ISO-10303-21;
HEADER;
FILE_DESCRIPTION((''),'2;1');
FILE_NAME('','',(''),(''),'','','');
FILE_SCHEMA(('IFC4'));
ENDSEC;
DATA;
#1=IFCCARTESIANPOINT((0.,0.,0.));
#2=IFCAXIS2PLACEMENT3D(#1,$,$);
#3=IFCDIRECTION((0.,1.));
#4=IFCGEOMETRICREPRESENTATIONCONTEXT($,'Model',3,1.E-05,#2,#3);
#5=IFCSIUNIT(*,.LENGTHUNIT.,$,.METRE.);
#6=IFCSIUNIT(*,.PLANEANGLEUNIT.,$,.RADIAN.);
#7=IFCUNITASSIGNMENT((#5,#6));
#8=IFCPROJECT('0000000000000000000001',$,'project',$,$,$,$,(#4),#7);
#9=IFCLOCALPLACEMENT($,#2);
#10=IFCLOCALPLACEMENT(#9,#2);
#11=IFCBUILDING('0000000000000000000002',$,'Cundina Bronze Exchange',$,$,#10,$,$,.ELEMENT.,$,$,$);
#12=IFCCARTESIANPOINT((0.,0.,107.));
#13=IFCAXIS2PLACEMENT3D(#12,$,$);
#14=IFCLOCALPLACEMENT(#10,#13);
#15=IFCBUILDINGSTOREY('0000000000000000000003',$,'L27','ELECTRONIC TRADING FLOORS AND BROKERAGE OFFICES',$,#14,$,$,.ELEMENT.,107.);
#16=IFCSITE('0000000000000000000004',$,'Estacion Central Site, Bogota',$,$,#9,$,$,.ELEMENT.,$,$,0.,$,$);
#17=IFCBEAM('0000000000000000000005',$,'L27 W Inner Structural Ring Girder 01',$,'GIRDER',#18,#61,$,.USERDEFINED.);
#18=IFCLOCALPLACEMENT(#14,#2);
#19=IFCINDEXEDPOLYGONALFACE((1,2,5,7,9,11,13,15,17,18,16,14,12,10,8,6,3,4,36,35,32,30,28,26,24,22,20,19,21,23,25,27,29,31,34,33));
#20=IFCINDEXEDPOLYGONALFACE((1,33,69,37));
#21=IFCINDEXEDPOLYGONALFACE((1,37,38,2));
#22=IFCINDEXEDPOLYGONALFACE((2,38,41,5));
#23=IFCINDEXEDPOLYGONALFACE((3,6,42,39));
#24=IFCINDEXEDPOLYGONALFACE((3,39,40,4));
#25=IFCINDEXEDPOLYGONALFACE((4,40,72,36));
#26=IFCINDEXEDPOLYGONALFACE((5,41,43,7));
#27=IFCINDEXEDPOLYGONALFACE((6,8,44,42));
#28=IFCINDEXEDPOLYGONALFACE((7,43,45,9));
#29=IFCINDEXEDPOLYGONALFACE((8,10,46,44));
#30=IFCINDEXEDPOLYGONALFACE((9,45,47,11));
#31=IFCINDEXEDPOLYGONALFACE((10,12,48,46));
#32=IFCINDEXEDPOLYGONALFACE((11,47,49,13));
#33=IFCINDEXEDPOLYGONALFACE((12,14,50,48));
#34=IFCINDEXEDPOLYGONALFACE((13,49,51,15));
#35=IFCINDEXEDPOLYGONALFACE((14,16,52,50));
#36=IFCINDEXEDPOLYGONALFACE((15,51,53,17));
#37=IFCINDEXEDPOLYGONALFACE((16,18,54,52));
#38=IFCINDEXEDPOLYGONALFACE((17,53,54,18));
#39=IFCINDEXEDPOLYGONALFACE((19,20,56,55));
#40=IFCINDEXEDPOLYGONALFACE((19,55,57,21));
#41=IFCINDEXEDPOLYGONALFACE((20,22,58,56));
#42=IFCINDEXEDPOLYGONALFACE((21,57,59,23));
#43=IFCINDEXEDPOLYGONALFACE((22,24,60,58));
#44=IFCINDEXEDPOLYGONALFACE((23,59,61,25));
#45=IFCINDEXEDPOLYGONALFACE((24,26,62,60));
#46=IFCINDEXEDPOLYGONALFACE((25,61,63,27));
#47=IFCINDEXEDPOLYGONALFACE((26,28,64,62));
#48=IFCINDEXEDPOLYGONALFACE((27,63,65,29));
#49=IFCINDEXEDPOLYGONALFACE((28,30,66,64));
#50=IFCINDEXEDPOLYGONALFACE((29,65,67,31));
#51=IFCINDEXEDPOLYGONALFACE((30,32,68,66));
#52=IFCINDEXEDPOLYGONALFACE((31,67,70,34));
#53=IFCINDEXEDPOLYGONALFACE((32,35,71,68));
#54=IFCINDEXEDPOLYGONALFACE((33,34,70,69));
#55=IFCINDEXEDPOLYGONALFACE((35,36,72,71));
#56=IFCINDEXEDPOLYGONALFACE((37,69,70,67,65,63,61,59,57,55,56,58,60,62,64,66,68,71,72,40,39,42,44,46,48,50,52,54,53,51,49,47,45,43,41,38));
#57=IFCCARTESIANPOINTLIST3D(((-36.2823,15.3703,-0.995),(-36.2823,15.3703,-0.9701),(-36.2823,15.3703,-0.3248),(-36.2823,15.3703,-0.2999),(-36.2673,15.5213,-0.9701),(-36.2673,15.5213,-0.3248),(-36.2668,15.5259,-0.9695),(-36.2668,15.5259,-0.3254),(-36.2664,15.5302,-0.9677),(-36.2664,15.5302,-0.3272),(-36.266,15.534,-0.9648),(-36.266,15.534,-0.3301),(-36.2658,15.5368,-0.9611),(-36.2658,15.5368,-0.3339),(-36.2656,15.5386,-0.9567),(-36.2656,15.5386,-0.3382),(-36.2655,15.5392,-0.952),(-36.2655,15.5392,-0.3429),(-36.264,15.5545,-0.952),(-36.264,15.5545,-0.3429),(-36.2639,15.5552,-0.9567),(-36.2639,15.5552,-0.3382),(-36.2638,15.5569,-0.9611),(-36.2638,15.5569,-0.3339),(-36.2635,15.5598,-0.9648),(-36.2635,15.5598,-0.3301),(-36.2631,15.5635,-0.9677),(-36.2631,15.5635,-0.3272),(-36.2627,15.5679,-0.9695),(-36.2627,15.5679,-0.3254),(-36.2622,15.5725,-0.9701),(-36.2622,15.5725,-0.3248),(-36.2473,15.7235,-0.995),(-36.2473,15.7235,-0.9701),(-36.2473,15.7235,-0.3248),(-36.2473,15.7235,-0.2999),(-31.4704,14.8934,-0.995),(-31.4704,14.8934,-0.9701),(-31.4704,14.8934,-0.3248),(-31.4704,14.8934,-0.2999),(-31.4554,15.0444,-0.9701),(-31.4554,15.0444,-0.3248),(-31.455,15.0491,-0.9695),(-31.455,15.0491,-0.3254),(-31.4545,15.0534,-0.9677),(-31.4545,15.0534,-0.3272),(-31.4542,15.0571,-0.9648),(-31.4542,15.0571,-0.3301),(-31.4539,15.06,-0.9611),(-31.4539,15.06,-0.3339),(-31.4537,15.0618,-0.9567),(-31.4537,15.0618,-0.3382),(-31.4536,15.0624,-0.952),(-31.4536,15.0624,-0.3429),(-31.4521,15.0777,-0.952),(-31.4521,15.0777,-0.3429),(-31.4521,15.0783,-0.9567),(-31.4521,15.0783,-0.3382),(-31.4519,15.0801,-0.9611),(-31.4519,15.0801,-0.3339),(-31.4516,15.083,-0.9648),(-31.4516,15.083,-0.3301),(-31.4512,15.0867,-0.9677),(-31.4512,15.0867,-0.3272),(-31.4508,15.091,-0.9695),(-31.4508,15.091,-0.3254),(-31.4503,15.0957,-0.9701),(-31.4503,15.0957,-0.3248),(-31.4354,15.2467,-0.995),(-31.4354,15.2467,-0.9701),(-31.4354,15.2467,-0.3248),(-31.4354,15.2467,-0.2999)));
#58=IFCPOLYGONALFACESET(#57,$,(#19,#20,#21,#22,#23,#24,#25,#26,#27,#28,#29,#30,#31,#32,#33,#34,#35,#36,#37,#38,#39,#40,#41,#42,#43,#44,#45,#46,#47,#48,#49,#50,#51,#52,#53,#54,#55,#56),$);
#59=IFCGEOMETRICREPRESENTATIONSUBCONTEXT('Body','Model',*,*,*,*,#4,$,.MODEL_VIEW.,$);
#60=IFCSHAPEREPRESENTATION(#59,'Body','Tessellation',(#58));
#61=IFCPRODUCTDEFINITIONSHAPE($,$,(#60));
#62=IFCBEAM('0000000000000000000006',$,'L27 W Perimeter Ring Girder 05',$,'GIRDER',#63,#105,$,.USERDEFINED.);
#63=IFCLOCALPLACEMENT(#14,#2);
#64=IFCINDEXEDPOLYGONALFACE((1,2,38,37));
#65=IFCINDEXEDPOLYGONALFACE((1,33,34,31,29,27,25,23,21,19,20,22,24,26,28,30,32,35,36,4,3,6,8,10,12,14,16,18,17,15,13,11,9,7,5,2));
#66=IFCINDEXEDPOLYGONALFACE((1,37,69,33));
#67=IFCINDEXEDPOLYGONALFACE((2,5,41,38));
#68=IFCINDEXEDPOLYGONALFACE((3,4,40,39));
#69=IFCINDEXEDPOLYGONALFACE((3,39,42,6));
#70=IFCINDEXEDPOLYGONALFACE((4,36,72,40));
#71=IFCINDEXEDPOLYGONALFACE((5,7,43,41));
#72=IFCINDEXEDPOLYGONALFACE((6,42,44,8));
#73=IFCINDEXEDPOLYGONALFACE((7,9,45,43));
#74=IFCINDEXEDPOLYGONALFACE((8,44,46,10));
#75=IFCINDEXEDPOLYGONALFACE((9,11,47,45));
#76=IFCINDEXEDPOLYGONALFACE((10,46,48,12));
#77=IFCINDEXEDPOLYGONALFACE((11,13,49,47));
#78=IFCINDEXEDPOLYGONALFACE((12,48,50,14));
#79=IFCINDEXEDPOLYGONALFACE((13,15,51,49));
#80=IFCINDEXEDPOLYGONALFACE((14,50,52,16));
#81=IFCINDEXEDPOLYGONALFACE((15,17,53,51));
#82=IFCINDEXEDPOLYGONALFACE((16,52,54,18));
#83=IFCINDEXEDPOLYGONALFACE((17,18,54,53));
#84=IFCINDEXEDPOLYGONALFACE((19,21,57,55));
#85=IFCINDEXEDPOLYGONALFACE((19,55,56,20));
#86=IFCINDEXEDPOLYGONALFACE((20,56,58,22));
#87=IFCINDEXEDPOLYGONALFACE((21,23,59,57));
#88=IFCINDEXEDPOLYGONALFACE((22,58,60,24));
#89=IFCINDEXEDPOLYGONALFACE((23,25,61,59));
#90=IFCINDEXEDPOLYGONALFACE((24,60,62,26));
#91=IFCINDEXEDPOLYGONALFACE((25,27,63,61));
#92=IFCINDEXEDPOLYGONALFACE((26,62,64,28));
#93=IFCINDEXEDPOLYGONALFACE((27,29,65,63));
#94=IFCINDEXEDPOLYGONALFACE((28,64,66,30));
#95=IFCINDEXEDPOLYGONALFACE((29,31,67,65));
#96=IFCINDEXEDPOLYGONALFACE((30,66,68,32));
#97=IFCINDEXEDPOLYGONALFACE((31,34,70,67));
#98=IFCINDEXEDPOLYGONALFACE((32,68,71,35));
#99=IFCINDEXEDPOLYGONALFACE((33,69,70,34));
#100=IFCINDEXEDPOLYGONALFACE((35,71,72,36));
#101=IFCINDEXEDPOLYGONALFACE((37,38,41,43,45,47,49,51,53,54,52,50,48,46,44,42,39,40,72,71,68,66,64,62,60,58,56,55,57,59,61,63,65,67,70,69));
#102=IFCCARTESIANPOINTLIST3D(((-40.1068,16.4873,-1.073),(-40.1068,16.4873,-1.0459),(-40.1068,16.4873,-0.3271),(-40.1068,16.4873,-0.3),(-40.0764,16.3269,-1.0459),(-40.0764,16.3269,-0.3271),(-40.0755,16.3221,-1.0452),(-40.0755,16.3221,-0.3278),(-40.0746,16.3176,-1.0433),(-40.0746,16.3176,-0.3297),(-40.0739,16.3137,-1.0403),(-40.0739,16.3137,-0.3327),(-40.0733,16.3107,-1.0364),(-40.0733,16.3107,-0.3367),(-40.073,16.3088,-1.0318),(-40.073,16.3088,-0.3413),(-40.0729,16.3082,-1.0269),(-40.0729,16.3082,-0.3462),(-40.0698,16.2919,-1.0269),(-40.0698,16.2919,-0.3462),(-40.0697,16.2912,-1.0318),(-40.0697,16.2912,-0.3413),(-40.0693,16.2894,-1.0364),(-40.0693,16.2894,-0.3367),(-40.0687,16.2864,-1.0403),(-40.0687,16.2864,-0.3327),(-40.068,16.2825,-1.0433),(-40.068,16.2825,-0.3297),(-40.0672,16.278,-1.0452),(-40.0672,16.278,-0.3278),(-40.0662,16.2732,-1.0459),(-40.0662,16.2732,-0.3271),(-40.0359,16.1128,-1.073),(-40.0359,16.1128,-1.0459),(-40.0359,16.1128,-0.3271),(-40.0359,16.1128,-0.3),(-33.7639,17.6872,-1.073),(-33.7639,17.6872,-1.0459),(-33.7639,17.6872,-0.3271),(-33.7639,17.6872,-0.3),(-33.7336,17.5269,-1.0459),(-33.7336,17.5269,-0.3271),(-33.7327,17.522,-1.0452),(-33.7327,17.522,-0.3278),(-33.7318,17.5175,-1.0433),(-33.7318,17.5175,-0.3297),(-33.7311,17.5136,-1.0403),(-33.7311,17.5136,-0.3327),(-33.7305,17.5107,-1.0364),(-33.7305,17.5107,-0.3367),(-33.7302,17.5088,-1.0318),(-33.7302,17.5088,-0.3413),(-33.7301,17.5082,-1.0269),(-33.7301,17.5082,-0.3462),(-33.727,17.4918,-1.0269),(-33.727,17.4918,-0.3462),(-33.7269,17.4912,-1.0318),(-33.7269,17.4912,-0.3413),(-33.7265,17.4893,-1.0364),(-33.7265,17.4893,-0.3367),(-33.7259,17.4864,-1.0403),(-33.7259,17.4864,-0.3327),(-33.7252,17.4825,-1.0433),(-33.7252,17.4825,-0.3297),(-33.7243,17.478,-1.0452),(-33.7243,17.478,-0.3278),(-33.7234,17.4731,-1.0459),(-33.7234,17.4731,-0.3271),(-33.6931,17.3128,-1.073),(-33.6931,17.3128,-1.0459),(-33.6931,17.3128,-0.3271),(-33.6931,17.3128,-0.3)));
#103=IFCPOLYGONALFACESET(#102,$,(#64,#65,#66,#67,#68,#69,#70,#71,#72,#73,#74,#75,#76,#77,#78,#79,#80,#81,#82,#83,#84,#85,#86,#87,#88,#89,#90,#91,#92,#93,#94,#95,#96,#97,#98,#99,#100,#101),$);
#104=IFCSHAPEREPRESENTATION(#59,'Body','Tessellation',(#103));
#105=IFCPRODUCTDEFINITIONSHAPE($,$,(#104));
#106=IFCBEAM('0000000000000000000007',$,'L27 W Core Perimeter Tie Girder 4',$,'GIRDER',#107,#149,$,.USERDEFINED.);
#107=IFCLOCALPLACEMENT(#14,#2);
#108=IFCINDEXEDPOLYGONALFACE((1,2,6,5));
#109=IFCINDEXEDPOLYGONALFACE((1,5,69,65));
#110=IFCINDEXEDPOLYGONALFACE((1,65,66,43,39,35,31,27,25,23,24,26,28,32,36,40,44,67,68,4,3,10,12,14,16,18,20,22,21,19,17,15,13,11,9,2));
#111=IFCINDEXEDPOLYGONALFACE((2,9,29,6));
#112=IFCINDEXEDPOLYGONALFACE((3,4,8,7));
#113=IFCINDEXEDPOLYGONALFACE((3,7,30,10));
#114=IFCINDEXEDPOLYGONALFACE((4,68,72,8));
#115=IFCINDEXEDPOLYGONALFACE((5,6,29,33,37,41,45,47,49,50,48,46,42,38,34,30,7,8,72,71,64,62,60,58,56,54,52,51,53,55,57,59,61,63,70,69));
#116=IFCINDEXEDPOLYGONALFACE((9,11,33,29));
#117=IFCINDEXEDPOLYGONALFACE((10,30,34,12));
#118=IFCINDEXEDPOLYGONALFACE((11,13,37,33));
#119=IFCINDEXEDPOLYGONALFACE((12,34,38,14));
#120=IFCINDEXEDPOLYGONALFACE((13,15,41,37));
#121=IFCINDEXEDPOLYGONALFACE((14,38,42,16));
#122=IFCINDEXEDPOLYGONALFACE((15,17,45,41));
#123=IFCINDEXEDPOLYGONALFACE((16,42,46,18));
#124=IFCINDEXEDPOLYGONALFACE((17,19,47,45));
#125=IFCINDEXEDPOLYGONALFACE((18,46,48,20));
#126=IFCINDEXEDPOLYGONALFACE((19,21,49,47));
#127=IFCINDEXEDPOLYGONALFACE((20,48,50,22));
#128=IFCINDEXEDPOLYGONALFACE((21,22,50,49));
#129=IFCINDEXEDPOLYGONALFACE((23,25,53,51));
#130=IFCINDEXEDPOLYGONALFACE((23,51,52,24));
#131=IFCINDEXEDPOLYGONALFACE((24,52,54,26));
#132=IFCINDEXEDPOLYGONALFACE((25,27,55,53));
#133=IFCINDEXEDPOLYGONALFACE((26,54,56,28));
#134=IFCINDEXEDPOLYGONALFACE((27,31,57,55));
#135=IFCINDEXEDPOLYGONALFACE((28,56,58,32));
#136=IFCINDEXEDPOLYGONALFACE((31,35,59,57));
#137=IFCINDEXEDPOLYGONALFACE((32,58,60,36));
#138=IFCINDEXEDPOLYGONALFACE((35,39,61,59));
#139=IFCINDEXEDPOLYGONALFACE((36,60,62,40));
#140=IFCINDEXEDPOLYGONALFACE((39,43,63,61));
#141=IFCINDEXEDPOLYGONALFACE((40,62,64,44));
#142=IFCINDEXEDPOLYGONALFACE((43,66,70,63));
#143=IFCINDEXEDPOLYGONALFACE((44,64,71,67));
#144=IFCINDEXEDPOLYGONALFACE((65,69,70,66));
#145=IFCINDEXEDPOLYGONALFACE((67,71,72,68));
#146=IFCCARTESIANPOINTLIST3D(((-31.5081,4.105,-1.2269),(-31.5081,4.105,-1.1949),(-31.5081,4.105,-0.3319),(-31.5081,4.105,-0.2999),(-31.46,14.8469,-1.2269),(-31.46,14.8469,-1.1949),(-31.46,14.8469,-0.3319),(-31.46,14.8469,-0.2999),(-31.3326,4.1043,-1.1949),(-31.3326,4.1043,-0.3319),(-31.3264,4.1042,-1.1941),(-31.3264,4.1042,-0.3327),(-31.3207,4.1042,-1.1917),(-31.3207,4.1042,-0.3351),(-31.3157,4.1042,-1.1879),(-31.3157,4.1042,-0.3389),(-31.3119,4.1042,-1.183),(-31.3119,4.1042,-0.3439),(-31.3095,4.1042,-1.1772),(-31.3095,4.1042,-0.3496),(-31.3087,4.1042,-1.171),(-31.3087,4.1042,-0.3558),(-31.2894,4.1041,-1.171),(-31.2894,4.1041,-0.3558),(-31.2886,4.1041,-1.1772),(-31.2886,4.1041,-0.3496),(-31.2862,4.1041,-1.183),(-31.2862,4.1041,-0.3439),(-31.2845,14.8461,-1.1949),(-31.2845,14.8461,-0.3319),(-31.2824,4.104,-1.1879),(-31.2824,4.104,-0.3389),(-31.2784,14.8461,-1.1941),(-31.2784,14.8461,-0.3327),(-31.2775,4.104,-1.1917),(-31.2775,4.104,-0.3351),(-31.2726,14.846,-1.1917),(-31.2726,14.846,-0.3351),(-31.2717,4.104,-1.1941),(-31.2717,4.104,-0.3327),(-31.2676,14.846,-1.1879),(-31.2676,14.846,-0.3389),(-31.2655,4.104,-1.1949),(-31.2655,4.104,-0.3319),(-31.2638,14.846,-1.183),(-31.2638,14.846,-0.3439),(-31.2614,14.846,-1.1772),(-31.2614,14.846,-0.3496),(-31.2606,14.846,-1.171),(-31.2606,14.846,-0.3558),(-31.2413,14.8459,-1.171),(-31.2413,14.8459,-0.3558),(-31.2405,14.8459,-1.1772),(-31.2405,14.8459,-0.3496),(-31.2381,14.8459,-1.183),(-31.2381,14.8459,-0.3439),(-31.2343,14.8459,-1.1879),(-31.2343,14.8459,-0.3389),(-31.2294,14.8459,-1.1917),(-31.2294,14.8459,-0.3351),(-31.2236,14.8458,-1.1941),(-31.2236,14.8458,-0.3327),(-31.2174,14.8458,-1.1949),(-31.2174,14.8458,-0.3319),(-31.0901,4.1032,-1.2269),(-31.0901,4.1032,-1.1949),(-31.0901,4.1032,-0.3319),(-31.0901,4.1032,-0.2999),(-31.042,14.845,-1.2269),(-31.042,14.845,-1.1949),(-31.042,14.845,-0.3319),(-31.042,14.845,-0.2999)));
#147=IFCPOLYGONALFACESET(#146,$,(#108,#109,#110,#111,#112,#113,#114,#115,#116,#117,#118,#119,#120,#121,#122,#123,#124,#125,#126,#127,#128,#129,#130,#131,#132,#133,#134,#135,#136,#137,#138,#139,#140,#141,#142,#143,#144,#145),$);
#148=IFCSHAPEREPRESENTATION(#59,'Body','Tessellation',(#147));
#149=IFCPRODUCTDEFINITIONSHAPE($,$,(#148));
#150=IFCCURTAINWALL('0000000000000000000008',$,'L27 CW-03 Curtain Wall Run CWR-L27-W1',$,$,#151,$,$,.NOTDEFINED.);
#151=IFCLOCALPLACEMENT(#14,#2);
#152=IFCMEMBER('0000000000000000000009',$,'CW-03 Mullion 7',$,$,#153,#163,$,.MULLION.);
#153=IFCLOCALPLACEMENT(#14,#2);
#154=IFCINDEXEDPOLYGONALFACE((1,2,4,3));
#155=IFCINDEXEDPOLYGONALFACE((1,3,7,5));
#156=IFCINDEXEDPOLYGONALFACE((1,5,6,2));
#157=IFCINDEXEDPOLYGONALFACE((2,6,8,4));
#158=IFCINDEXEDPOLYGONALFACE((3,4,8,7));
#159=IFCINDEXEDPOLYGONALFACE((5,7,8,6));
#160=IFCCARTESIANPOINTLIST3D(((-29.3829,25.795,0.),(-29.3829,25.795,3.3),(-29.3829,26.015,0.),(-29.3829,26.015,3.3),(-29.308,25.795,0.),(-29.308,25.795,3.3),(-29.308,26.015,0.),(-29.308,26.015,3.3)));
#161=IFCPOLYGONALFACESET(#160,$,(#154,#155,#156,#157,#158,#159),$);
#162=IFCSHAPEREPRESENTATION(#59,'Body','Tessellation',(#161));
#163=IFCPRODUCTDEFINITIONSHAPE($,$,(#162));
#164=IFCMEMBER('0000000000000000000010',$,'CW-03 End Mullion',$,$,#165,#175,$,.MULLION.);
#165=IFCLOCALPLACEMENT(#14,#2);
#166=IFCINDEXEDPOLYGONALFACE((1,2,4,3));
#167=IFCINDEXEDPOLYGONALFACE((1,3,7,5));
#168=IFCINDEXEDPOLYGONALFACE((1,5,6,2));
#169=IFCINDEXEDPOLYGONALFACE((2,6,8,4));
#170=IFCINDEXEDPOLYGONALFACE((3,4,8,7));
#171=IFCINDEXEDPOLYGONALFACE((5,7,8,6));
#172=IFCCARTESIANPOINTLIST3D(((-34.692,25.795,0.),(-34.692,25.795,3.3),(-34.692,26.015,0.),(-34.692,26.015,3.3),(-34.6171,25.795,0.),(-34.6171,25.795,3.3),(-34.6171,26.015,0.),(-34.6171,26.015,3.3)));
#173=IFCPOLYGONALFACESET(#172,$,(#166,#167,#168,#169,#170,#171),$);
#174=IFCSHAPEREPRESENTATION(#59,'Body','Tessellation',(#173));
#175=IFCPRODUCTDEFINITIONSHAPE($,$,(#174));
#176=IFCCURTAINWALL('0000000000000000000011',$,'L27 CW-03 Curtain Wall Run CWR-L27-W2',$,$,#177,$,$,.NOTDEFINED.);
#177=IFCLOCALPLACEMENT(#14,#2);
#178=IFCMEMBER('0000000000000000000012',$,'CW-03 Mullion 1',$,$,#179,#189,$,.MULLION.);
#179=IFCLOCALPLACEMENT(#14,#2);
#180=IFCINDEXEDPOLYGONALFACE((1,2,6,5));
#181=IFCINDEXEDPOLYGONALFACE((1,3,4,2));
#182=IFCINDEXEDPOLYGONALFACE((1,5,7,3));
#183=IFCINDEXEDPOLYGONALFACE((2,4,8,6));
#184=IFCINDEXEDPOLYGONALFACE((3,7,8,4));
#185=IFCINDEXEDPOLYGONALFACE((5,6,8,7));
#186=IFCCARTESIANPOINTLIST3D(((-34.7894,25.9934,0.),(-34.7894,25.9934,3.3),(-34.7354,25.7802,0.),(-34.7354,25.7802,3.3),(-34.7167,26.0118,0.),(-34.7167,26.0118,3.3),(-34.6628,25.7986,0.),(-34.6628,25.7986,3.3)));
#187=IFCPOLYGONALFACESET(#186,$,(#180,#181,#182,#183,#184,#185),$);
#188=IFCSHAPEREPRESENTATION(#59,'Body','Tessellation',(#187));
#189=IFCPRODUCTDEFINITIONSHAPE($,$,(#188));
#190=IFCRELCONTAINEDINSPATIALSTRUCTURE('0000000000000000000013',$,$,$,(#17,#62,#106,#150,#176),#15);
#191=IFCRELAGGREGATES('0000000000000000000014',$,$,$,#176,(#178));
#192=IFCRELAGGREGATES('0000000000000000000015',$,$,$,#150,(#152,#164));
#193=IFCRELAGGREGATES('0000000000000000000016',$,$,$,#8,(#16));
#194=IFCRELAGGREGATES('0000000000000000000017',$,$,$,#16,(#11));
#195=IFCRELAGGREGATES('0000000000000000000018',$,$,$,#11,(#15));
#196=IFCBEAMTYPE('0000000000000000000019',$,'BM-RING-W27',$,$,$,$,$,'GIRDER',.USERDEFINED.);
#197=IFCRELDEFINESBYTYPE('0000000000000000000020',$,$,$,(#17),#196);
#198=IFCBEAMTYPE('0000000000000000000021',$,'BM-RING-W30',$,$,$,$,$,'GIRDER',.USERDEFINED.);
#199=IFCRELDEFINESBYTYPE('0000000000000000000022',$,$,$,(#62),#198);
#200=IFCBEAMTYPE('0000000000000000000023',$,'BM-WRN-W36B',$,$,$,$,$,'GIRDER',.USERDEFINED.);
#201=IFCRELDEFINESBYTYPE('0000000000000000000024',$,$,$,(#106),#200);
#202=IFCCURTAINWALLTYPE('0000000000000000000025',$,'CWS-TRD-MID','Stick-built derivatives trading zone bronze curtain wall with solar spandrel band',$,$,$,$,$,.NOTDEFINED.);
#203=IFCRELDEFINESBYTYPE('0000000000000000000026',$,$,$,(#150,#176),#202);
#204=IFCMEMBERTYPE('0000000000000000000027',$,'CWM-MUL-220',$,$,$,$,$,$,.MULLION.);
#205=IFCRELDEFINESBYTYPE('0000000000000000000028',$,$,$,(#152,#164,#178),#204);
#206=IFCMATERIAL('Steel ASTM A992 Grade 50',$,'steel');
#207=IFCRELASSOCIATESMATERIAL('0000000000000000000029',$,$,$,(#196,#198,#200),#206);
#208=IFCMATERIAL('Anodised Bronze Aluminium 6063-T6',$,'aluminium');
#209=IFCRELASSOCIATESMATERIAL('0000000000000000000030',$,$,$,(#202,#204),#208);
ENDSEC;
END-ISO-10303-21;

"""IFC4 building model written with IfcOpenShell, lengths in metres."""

from ifc_helpers import new_model, si_unit, direction, frame, origin, origin_2d, place, context, subcontext, project, spatial, rectangle, i_section, extrude, material, material_profile, profile_set, type_object, element, aggregate, save


model = new_model("IFC4")

# Units and contexts
model_context = context("Model", 3, precision=1e-05, world=origin(), true_north=direction((0.0, 1.0)))
body_context = subcontext(model_context, "Body", "Model", "MODEL_VIEW")
ifc_project = project(units=[si_unit("LENGTHUNIT", "METRE"), si_unit("PLANEANGLEUNIT", "RADIAN")], contexts=[model_context])

# Site, building, storey
site_placement = place(None, origin())
site = spatial("IfcSite", under=ifc_project, at=site_placement, Name="Estacion Central Site, Bogota", CompositionType="ELEMENT", RefElevation=0.0)
building_placement = place(site_placement, origin())
building = spatial("IfcBuilding", under=site, at=building_placement, Name="Cundina Bronze Exchange", CompositionType="ELEMENT")
storey_placement = place(building_placement, frame((0.0, 0.0, 107.0)))
storey = spatial("IfcBuildingStorey", under=building, at=storey_placement, Name="L27", Description="ELECTRONIC TRADING FLOORS AND BROKERAGE OFFICES", CompositionType="ELEMENT", Elevation=107.0)

# Shared definitions
ifc_material_1 = material(Name="Steel ASTM A992 Grade 50", Category="steel")

# Beams
ifc_material_profile_1 = material_profile(ifc_material_1, i_section(OverallWidth=0.355, OverallDepth=0.6951, WebThickness=0.0154, FlangeThickness=0.0249, FilletRadius=0.0181, at=origin_2d()), Name="W27X146", Category="steel")
ifc_profile_set_1 = profile_set([ifc_material_profile_1], Name="Steel ASTM A992 Grade 50")
beam_type_1 = type_object("IfcBeamType", Name="BM-RING-W27", ElementType="GIRDER", PredefinedType="USERDEFINED", material=ifc_profile_set_1)
beam_1_placement = place(storey_placement, frame((-31.4529, 15.0701, -0.6475), z_axis=(-0.995126, 0.098609, 0.0), x_axis=(-0.098609, -0.995126, 0.0)))
element("IfcBeam", 1, at=beam_1_placement, inside=storey, type_object=beam_type_1, Name="L27 W Inner Structural Ring Girder 01", ObjectType="GIRDER", PredefinedType="USERDEFINED", context=body_context, shape_type="SweptSolid", body=[
    extrude(i_section(OverallWidth=0.355, OverallDepth=0.6951, WebThickness=0.0154, FlangeThickness=0.0249, FilletRadius=0.0181, at=origin_2d()), origin(), (0.0, 0.0, 1.0), 4.8354),
])
ifc_material_profile_2 = material_profile(ifc_material_1, i_section(OverallWidth=0.3811, OverallDepth=0.7729, WebThickness=0.0166, FlangeThickness=0.0271, FilletRadius=0.019, at=origin_2d()), Name="W30X173", Category="steel")
ifc_profile_set_2 = profile_set([ifc_material_profile_2], Name="Steel ASTM A992 Grade 50")
beam_type_2 = type_object("IfcBeamType", Name="BM-RING-W30", ElementType="GIRDER", PredefinedType="USERDEFINED", material=ifc_profile_set_2)
beam_2_placement = place(storey_placement, frame((-33.7285, 17.5, -0.6865), z_axis=(-0.982571, -0.185887, 0.0), x_axis=(0.185887, -0.982571, 0.0)))
element("IfcBeam", 2, at=beam_2_placement, inside=storey, type_object=beam_type_2, Name="L27 W Perimeter Ring Girder 05", ObjectType="GIRDER", PredefinedType="USERDEFINED", context=body_context, shape_type="SweptSolid", body=[
    extrude(i_section(OverallWidth=0.3811, OverallDepth=0.7729, WebThickness=0.0166, FlangeThickness=0.0271, FilletRadius=0.019, at=origin_2d()), origin(), (0.0, 0.0, 1.0), 6.4553),
])
ifc_material_profile_3 = material_profile(ifc_material_1, i_section(OverallWidth=0.418, OverallDepth=0.927, WebThickness=0.0193, FlangeThickness=0.032, FilletRadius=0.0239, at=origin_2d()), Name="W36X231", Category="steel")
ifc_profile_set_3 = profile_set([ifc_material_profile_3], Name="Steel ASTM A992 Grade 50")
beam_type_3 = type_object("IfcBeamType", Name="BM-WRN-W36B", ElementType="GIRDER", PredefinedType="USERDEFINED", material=ifc_profile_set_3)
beam_3_placement = place(storey_placement, frame((-31.251, 14.8459, -0.7634), z_axis=(-0.004477, -0.99999, 0.0), x_axis=(0.99999, -0.004477, 0.0)))
element("IfcBeam", 3, at=beam_3_placement, inside=storey, type_object=beam_type_3, Name="L27 W Core Perimeter Tie Girder 4", ObjectType="GIRDER", PredefinedType="USERDEFINED", context=body_context, shape_type="SweptSolid", body=[
    extrude(i_section(OverallWidth=0.418, OverallDepth=0.927, WebThickness=0.0193, FlangeThickness=0.032, FilletRadius=0.0239, at=origin_2d()), origin(), (0.0, 0.0, 1.0), 10.7419),
])

# Curtain wall, members
ifc_material_2 = material(Name="Anodised Bronze Aluminium 6063-T6", Category="aluminium")
curtain_wall_type = type_object("IfcCurtainWallType", Name="CWS-TRD-MID", Description="Stick-built derivatives trading zone bronze curtain wall with solar spandrel band", PredefinedType="NOTDEFINED", material=ifc_material_2)
curtain_wall_1_placement = place(storey_placement, origin())
curtain_wall_1 = element("IfcCurtainWall", 4, at=curtain_wall_1_placement, inside=storey, type_object=curtain_wall_type, Name="L27 CW-03 Curtain Wall Run CWR-L27-W1", PredefinedType="NOTDEFINED")
ifc_material_profile_4 = material_profile(ifc_material_2, rectangle(XDim=0.075, YDim=0.22, at=origin_2d()), Name="AL75X220", Category="aluminium")
ifc_profile_set_4 = profile_set([ifc_material_profile_4], Name="Anodised Bronze Aluminium 6063-T6")
member_type_1 = type_object("IfcMemberType", Name="CWM-MUL-220", PredefinedType="MULLION", material=ifc_profile_set_4)
member_1_placement = place(storey_placement, frame((-29.3455, 25.905, 0.0), z_axis=(0.0, 0.0, 1.0), x_axis=(-1.0, 0.0, 0.0)))
member_1 = element("IfcMember", 5, at=member_1_placement, type_object=member_type_1, Name="CW-03 Mullion 7", PredefinedType="MULLION", context=body_context, shape_type="SweptSolid", body=[
    extrude(rectangle(XDim=0.075, YDim=0.22, at=origin_2d()), origin(), (0.0, 0.0, 1.0), 3.3),
])
member_2_placement = place(storey_placement, frame((-34.6545, 25.905, 0.0), z_axis=(0.0, 0.0, 1.0), x_axis=(-1.0, 0.0, 0.0)))
member_2 = element("IfcMember", 6, at=member_2_placement, type_object=member_type_1, Name="CW-03 End Mullion", PredefinedType="MULLION", context=body_context, shape_type="SweptSolid", body=[
    extrude(rectangle(XDim=0.075, YDim=0.22, at=origin_2d()), origin(), (0.0, 0.0, 1.0), 3.3),
])

# Curtain wall, member
curtain_wall_2_placement = place(storey_placement, origin())
curtain_wall_2 = element("IfcCurtainWall", 7, at=curtain_wall_2_placement, inside=storey, type_object=curtain_wall_type, Name="L27 CW-03 Curtain Wall Run CWR-L27-W2", PredefinedType="NOTDEFINED")
member_3_placement = place(storey_placement, frame((-34.7261, 25.896, 0.0), z_axis=(0.0, 0.0, 1.0), x_axis=(-0.969488, -0.245138, 0.0)))
member_3 = element("IfcMember", 8, at=member_3_placement, type_object=member_type_1, Name="CW-03 Mullion 1", PredefinedType="MULLION", context=body_context, shape_type="SweptSolid", body=[
    extrude(rectangle(XDim=0.075, YDim=0.22, at=origin_2d()), origin(), (0.0, 0.0, 1.0), 3.3),
])

aggregate(curtain_wall_2, [member_3])

aggregate(curtain_wall_1, [member_1, member_2])

save(model, "model.ifc")
